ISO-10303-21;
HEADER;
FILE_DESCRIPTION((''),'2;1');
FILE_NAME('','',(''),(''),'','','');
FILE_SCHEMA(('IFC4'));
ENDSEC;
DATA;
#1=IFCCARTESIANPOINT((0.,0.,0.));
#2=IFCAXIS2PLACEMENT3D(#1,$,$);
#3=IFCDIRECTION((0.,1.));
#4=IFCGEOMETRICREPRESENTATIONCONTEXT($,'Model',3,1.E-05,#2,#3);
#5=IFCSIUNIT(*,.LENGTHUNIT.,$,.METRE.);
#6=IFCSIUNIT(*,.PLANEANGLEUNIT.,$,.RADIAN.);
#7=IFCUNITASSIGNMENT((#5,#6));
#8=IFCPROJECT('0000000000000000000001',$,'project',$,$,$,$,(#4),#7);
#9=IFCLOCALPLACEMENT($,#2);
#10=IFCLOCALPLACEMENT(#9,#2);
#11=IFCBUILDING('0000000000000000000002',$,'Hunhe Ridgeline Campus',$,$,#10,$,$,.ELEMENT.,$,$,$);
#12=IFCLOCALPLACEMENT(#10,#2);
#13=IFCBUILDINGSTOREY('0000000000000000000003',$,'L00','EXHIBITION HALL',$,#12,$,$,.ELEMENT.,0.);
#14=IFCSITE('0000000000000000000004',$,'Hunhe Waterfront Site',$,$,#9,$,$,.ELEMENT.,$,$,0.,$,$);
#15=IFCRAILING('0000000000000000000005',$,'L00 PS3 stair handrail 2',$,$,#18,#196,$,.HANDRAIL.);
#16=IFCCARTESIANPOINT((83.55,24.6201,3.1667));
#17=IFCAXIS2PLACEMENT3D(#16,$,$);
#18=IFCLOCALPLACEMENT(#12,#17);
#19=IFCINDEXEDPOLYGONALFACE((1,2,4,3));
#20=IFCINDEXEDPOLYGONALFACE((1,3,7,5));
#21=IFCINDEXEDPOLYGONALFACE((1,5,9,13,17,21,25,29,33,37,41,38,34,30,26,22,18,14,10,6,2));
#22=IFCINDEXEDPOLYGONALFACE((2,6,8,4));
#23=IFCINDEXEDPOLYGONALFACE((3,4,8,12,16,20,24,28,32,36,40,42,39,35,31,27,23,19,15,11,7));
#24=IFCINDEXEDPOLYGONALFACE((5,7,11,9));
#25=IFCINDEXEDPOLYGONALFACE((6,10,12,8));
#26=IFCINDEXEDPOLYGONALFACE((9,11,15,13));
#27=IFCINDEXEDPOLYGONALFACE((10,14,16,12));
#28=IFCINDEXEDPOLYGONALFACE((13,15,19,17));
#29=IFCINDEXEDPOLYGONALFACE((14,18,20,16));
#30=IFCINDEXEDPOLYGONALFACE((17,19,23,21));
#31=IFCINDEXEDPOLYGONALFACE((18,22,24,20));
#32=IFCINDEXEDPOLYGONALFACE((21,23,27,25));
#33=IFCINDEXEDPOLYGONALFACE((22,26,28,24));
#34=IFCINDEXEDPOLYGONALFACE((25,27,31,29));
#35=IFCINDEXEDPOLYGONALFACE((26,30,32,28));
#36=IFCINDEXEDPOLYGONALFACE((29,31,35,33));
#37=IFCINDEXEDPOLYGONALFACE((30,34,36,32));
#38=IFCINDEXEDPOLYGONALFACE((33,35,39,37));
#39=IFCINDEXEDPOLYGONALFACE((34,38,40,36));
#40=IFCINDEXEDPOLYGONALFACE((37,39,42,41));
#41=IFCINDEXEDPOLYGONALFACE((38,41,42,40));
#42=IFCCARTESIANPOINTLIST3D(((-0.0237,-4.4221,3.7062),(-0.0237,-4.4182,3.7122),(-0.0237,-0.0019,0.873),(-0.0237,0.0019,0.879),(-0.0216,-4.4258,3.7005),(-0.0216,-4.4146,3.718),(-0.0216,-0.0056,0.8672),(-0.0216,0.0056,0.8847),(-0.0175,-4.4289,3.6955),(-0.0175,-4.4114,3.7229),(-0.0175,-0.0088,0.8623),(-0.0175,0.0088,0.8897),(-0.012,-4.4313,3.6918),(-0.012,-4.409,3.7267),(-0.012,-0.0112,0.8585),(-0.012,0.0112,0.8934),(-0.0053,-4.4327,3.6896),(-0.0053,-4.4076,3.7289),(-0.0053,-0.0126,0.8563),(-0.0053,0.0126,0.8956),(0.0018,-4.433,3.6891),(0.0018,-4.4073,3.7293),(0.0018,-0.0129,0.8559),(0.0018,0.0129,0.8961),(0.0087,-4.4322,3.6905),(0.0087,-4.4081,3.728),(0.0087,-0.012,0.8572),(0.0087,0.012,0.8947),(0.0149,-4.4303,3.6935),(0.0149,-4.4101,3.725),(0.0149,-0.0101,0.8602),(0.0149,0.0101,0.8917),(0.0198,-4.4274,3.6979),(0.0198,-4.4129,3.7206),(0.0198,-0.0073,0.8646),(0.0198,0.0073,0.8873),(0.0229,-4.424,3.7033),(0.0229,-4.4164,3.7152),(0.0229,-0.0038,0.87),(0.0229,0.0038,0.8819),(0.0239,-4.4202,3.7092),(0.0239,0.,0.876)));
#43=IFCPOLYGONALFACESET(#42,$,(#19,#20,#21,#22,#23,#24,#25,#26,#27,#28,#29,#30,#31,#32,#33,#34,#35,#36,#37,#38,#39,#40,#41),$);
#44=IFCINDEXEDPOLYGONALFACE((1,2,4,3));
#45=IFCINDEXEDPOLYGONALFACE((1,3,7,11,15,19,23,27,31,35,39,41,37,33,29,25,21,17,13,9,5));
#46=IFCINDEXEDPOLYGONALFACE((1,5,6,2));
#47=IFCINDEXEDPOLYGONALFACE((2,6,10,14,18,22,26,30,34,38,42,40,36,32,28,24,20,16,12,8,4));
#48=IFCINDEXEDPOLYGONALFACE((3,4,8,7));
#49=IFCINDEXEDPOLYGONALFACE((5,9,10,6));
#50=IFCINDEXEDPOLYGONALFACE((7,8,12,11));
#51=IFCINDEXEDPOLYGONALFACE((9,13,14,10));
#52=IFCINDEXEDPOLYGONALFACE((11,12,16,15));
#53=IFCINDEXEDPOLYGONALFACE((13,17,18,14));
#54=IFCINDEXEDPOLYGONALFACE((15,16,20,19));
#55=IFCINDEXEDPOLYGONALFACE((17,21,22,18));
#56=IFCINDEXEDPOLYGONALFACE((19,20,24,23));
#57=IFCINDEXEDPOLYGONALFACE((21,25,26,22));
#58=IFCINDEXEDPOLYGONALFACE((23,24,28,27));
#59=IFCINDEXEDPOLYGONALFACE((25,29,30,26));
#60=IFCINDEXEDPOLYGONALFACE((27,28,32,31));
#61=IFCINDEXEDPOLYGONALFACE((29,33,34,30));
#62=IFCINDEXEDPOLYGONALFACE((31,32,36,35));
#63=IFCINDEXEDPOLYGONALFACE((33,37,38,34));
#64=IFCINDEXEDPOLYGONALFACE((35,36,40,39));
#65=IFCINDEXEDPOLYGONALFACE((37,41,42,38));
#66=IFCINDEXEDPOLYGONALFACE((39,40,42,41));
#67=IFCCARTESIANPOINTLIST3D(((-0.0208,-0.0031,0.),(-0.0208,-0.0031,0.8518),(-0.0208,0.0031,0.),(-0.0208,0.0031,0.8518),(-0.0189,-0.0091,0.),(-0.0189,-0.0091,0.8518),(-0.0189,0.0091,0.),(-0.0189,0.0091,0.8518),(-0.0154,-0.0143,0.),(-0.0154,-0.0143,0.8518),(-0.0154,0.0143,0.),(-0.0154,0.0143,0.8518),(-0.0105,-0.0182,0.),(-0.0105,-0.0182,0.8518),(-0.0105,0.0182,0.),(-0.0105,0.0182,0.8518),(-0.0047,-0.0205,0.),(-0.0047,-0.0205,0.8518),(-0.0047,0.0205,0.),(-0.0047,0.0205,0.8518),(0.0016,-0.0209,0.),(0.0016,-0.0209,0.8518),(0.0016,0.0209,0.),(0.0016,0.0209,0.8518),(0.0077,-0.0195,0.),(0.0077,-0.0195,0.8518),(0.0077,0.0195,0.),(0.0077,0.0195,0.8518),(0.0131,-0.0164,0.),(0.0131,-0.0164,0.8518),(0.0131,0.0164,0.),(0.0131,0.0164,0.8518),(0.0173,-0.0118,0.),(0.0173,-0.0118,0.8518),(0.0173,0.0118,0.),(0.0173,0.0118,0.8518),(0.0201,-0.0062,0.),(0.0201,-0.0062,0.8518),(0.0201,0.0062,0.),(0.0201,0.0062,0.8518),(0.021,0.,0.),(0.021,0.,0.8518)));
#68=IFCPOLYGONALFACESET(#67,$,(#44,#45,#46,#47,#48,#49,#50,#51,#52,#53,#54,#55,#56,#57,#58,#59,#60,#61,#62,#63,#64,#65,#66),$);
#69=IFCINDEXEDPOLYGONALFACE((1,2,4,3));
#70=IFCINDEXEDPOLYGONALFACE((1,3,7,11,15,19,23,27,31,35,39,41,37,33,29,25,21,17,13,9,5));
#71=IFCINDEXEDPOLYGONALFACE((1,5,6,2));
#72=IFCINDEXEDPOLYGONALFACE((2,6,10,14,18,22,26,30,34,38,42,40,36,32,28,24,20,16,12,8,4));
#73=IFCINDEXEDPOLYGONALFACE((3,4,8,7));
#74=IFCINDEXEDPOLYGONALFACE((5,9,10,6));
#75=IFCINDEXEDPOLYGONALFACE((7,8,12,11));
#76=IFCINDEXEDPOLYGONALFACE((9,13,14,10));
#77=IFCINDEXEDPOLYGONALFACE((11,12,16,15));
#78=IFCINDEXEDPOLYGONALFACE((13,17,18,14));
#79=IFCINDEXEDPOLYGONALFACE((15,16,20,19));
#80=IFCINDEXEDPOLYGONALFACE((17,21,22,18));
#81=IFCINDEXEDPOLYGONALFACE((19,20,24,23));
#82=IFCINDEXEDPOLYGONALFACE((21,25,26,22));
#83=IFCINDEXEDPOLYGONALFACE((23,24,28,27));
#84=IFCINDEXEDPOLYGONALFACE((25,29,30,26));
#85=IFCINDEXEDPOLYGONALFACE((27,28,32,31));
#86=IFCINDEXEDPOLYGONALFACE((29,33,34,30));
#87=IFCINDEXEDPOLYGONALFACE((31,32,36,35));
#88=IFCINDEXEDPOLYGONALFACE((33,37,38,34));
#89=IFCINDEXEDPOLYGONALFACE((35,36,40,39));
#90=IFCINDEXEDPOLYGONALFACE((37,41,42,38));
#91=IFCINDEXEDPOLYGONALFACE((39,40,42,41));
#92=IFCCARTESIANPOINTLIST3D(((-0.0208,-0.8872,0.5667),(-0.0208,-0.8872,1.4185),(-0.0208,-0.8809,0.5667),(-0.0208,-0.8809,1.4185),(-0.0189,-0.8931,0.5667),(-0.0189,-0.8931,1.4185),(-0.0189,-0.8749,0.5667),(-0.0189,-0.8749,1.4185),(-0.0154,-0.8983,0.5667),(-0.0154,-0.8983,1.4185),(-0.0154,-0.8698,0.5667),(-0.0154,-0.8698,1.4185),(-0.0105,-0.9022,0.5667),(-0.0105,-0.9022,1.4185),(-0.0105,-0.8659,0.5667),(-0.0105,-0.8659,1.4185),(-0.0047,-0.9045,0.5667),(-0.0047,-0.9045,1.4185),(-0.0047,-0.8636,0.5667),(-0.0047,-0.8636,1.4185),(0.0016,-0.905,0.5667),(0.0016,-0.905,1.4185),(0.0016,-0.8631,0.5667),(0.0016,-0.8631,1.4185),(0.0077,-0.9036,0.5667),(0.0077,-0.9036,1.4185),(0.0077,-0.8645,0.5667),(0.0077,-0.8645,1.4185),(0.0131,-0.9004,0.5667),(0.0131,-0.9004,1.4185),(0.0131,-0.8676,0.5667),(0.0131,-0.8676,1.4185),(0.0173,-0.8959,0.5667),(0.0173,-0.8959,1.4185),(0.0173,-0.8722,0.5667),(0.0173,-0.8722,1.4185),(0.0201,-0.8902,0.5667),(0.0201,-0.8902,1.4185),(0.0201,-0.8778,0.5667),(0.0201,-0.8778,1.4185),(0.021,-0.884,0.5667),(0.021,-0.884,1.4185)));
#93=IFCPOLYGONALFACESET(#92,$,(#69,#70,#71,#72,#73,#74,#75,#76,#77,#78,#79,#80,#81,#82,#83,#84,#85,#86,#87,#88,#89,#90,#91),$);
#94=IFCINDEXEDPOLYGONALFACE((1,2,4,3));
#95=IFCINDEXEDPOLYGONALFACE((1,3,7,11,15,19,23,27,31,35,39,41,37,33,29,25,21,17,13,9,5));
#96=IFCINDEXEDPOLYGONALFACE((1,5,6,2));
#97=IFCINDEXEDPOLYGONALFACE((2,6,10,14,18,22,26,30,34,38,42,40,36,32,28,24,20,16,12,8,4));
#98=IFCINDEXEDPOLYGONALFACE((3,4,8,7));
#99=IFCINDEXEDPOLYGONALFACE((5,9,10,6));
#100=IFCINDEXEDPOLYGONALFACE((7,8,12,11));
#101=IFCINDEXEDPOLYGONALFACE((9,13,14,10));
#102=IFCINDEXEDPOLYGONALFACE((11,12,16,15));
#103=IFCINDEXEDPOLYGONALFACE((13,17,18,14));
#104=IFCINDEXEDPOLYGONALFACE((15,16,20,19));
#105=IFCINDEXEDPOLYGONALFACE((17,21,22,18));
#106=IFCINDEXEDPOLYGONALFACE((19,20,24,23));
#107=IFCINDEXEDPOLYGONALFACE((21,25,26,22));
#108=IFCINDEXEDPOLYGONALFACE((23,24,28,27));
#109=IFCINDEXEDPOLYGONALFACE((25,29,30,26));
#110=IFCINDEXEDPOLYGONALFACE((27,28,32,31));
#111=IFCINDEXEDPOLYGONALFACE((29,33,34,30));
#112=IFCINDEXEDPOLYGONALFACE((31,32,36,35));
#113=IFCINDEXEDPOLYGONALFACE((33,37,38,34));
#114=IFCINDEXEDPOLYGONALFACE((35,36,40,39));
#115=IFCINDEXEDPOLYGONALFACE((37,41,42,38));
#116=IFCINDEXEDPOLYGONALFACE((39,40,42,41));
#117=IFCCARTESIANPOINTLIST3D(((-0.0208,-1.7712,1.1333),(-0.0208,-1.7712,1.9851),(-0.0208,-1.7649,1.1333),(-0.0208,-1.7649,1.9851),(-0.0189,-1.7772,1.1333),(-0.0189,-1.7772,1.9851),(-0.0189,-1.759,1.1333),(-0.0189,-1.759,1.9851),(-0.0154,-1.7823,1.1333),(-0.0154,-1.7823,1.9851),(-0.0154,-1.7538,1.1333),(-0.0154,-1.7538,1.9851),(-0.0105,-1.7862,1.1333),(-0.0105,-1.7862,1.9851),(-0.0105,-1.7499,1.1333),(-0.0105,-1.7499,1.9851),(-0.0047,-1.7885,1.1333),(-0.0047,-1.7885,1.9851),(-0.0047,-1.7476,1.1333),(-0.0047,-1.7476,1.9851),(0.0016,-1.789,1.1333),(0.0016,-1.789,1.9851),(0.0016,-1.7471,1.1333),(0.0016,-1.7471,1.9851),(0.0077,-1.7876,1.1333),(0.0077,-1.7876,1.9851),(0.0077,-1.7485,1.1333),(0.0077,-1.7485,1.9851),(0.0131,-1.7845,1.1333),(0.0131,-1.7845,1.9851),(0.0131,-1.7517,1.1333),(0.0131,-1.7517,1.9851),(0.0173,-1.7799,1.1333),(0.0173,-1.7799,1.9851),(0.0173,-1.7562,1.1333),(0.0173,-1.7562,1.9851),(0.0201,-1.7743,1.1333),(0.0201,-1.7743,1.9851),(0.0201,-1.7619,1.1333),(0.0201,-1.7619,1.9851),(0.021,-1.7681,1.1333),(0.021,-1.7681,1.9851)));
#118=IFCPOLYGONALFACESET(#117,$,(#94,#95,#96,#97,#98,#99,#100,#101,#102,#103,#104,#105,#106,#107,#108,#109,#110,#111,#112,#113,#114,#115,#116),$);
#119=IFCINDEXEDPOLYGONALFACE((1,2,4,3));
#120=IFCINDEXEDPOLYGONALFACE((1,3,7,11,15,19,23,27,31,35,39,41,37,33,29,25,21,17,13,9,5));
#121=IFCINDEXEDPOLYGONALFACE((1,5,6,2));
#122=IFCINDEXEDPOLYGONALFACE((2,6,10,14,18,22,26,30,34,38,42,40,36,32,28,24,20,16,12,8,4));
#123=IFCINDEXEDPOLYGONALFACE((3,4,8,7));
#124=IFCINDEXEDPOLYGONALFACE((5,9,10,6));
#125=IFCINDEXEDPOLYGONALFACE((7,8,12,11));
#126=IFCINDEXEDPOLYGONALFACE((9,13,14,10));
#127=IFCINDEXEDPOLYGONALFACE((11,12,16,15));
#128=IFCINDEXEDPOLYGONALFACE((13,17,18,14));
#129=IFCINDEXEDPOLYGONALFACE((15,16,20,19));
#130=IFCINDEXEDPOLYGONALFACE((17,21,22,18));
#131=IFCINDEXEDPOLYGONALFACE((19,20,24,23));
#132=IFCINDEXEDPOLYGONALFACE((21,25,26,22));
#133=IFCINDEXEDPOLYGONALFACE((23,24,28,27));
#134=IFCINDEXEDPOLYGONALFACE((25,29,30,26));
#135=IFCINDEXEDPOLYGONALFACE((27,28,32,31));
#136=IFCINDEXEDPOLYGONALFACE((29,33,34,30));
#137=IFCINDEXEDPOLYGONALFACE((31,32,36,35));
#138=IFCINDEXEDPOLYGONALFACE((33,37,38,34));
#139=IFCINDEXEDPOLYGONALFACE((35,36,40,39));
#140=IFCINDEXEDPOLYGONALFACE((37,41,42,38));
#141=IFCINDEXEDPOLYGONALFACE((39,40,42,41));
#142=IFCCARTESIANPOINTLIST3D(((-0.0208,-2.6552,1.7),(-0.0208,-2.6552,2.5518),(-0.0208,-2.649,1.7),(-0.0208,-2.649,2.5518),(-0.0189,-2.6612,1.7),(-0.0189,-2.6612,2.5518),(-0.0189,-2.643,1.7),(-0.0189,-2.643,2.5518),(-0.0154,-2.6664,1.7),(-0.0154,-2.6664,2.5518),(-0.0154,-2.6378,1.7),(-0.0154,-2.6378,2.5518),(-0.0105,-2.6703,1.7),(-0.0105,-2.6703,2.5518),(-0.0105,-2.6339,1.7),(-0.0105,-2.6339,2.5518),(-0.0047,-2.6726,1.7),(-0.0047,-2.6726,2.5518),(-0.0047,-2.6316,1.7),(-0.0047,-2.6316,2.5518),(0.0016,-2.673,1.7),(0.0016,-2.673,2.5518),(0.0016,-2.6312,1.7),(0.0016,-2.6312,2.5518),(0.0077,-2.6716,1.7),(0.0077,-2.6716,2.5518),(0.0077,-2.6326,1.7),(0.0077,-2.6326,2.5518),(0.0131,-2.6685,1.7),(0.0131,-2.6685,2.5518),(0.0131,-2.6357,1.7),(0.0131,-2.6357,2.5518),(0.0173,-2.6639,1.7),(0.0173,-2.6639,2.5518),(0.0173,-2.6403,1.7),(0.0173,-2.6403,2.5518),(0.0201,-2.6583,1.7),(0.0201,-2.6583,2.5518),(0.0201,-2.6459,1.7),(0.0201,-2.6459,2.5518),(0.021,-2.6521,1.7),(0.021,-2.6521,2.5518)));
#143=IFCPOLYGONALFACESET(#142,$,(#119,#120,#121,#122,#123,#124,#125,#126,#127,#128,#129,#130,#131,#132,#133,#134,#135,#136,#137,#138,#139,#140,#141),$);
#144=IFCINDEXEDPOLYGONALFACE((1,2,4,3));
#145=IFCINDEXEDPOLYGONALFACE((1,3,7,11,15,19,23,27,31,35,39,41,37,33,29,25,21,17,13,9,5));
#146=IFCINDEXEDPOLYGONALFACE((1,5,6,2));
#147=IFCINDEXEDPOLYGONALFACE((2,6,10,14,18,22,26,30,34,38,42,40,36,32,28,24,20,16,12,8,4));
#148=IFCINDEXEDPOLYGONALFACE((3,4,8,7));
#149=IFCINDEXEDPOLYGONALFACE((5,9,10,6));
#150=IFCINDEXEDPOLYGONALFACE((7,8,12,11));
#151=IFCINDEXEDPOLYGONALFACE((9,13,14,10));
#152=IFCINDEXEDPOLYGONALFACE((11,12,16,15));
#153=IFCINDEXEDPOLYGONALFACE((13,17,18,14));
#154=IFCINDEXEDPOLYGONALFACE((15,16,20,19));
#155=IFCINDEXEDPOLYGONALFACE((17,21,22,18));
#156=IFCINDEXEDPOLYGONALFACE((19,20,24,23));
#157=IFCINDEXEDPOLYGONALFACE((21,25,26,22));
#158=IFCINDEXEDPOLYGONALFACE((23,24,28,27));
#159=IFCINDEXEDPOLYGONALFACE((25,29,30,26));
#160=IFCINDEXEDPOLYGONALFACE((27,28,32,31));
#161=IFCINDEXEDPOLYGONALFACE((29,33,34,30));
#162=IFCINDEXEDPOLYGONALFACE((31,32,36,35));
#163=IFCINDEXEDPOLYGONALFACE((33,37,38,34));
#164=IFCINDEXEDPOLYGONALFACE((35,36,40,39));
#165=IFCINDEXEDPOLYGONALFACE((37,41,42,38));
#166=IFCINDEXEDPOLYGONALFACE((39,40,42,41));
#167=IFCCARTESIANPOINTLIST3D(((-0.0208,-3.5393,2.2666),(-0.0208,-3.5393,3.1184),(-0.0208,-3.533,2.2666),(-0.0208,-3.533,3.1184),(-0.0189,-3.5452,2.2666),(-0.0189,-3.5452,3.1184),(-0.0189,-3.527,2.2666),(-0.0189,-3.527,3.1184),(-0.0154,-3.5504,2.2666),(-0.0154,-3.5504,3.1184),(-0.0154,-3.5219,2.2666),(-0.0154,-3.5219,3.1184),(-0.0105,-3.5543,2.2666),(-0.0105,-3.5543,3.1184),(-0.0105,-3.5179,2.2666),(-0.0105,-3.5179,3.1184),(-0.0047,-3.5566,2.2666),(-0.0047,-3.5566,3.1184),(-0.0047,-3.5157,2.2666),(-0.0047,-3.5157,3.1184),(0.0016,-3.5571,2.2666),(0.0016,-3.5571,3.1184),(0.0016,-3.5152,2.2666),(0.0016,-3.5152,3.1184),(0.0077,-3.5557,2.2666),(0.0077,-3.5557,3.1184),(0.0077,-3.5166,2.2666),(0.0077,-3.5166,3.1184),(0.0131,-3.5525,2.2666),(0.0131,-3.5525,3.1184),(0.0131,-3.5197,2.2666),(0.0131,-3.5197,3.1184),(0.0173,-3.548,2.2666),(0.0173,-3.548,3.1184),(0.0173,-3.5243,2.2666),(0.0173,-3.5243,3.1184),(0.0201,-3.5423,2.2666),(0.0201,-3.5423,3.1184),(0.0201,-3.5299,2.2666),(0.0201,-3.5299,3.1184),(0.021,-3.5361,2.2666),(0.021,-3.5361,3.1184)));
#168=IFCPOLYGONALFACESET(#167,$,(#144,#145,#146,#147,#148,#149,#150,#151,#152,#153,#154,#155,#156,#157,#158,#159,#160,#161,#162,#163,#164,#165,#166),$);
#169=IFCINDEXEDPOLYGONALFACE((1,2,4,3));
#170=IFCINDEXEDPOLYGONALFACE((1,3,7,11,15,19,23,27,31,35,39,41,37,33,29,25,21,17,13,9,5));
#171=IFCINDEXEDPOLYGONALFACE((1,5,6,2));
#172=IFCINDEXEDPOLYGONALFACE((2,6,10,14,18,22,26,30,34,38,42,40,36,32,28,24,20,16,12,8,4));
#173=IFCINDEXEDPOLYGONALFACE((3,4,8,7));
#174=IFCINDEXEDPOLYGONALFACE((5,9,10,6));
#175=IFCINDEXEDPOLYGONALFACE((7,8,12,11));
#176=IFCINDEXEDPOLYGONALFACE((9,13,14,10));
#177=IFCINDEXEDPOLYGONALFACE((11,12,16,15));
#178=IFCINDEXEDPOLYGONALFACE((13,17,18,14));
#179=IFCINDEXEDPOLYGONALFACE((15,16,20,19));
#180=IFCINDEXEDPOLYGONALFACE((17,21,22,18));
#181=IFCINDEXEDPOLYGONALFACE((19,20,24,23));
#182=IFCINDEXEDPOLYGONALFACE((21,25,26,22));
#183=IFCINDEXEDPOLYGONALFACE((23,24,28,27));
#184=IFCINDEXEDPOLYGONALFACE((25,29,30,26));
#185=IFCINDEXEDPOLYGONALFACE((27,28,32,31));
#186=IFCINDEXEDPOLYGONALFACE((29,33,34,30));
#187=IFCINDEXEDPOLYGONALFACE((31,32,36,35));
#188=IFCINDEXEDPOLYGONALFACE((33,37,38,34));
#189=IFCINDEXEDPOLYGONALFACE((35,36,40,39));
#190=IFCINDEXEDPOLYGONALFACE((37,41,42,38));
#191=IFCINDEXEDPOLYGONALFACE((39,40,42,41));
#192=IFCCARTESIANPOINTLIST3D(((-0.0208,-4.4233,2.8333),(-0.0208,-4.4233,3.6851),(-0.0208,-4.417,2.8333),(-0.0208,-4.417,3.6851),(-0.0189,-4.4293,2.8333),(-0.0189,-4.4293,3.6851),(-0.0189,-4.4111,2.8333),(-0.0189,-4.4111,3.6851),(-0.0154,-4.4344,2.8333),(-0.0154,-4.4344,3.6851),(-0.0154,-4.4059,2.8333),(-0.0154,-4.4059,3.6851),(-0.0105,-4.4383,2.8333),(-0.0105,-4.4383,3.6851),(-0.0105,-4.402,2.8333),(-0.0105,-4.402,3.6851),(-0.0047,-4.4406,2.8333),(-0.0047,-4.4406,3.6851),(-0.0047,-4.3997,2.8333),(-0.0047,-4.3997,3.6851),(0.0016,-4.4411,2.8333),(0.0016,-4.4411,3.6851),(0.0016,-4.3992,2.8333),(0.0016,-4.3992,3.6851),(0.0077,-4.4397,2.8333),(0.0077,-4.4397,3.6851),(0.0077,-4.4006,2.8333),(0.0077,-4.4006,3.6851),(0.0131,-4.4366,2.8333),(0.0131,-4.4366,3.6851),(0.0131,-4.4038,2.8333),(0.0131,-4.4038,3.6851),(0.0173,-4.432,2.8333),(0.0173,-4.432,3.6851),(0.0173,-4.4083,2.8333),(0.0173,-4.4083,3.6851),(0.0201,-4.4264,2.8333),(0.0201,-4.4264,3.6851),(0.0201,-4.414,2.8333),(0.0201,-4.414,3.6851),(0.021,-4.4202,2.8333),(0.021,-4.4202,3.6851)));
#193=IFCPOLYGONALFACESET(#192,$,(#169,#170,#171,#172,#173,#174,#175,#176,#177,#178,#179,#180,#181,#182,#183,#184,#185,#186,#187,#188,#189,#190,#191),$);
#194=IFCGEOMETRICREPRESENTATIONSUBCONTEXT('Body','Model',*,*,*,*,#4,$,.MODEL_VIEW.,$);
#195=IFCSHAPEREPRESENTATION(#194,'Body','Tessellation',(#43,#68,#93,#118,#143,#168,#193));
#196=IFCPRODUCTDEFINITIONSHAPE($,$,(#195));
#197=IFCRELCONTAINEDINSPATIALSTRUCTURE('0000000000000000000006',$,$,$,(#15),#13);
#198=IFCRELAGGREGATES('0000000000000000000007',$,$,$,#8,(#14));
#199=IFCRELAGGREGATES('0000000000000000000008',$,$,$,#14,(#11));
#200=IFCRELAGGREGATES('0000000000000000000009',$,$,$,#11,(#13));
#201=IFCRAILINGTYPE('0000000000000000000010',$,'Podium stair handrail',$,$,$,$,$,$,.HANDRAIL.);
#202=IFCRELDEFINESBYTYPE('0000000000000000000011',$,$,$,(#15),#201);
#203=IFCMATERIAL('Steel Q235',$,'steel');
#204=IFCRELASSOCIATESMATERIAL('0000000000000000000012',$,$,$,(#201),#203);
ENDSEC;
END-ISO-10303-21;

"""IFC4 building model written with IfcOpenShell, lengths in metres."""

from ifc_helpers import new_model, si_unit, direction, frame, origin, origin_2d, place, context, subcontext, project, spatial, circle, extrude, material, type_object, element, save


model = new_model("IFC4")

# Units and contexts
model_context = context("Model", 3, precision=1e-05, world=origin(), true_north=direction((0.0, 1.0)))
body_context = subcontext(model_context, "Body", "Model", "MODEL_VIEW")
ifc_project = project(units=[si_unit("LENGTHUNIT", "METRE"), si_unit("PLANEANGLEUNIT", "RADIAN")], contexts=[model_context])

# Site, building, storey
site_placement = place(None, origin())
site = spatial("IfcSite", under=ifc_project, at=site_placement, Name="Hunhe Waterfront Site", CompositionType="ELEMENT", RefElevation=0.0)
building_placement = place(site_placement, origin())
building = spatial("IfcBuilding", under=site, at=building_placement, Name="Hunhe Ridgeline Campus", CompositionType="ELEMENT")
storey_placement = place(building_placement, origin())
storey = spatial("IfcBuildingStorey", under=building, at=storey_placement, Name="L00", Description="EXHIBITION HALL", CompositionType="ELEMENT", Elevation=0.0)

# Shared definitions
ifc_material_1 = material(Name="Steel Q235", Category="steel")

# Railing
railing_type_1 = type_object("IfcRailingType", Name="Podium stair handrail", PredefinedType="HANDRAIL", material=ifc_material_1)
railing_1_placement = place(storey_placement, frame((83.55, 24.6201, 3.1667)))
element("IfcRailing", 1, at=railing_1_placement, inside=storey, type_object=railing_type_1, Name="L00 PS3 stair handrail 2", PredefinedType="HANDRAIL", context=body_context, shape_type="SweptSolid", body=[
    extrude(circle(Radius=0.0239, at=origin_2d()), frame((0.0, 0.0, 0.876), z_axis=(0.0, -0.841895, 0.539641), x_axis=(1.0, 0.0, 0.0)), (0.0, 0.0, 1.0), 5.2502),
    extrude(circle(Radius=0.021, at=origin_2d()), origin(), (0.0, 0.0, 1.0), 0.8518),
    extrude(circle(Radius=0.021, at=origin_2d()), frame((0.0, -0.884, 0.5667)), (0.0, 0.0, 1.0), 0.8518),
    extrude(circle(Radius=0.021, at=origin_2d()), frame((0.0, -1.7681, 1.1333)), (0.0, 0.0, 1.0), 0.8518),
    extrude(circle(Radius=0.021, at=origin_2d()), frame((0.0, -2.6521, 1.7)), (0.0, 0.0, 1.0), 0.8518),
    extrude(circle(Radius=0.021, at=origin_2d()), frame((0.0, -3.5361, 2.2666)), (0.0, 0.0, 1.0), 0.8518),
    extrude(circle(Radius=0.021, at=origin_2d()), frame((0.0, -4.4202, 2.8333)), (0.0, 0.0, 1.0), 0.8518),
])

save(model, "model.ifc")
